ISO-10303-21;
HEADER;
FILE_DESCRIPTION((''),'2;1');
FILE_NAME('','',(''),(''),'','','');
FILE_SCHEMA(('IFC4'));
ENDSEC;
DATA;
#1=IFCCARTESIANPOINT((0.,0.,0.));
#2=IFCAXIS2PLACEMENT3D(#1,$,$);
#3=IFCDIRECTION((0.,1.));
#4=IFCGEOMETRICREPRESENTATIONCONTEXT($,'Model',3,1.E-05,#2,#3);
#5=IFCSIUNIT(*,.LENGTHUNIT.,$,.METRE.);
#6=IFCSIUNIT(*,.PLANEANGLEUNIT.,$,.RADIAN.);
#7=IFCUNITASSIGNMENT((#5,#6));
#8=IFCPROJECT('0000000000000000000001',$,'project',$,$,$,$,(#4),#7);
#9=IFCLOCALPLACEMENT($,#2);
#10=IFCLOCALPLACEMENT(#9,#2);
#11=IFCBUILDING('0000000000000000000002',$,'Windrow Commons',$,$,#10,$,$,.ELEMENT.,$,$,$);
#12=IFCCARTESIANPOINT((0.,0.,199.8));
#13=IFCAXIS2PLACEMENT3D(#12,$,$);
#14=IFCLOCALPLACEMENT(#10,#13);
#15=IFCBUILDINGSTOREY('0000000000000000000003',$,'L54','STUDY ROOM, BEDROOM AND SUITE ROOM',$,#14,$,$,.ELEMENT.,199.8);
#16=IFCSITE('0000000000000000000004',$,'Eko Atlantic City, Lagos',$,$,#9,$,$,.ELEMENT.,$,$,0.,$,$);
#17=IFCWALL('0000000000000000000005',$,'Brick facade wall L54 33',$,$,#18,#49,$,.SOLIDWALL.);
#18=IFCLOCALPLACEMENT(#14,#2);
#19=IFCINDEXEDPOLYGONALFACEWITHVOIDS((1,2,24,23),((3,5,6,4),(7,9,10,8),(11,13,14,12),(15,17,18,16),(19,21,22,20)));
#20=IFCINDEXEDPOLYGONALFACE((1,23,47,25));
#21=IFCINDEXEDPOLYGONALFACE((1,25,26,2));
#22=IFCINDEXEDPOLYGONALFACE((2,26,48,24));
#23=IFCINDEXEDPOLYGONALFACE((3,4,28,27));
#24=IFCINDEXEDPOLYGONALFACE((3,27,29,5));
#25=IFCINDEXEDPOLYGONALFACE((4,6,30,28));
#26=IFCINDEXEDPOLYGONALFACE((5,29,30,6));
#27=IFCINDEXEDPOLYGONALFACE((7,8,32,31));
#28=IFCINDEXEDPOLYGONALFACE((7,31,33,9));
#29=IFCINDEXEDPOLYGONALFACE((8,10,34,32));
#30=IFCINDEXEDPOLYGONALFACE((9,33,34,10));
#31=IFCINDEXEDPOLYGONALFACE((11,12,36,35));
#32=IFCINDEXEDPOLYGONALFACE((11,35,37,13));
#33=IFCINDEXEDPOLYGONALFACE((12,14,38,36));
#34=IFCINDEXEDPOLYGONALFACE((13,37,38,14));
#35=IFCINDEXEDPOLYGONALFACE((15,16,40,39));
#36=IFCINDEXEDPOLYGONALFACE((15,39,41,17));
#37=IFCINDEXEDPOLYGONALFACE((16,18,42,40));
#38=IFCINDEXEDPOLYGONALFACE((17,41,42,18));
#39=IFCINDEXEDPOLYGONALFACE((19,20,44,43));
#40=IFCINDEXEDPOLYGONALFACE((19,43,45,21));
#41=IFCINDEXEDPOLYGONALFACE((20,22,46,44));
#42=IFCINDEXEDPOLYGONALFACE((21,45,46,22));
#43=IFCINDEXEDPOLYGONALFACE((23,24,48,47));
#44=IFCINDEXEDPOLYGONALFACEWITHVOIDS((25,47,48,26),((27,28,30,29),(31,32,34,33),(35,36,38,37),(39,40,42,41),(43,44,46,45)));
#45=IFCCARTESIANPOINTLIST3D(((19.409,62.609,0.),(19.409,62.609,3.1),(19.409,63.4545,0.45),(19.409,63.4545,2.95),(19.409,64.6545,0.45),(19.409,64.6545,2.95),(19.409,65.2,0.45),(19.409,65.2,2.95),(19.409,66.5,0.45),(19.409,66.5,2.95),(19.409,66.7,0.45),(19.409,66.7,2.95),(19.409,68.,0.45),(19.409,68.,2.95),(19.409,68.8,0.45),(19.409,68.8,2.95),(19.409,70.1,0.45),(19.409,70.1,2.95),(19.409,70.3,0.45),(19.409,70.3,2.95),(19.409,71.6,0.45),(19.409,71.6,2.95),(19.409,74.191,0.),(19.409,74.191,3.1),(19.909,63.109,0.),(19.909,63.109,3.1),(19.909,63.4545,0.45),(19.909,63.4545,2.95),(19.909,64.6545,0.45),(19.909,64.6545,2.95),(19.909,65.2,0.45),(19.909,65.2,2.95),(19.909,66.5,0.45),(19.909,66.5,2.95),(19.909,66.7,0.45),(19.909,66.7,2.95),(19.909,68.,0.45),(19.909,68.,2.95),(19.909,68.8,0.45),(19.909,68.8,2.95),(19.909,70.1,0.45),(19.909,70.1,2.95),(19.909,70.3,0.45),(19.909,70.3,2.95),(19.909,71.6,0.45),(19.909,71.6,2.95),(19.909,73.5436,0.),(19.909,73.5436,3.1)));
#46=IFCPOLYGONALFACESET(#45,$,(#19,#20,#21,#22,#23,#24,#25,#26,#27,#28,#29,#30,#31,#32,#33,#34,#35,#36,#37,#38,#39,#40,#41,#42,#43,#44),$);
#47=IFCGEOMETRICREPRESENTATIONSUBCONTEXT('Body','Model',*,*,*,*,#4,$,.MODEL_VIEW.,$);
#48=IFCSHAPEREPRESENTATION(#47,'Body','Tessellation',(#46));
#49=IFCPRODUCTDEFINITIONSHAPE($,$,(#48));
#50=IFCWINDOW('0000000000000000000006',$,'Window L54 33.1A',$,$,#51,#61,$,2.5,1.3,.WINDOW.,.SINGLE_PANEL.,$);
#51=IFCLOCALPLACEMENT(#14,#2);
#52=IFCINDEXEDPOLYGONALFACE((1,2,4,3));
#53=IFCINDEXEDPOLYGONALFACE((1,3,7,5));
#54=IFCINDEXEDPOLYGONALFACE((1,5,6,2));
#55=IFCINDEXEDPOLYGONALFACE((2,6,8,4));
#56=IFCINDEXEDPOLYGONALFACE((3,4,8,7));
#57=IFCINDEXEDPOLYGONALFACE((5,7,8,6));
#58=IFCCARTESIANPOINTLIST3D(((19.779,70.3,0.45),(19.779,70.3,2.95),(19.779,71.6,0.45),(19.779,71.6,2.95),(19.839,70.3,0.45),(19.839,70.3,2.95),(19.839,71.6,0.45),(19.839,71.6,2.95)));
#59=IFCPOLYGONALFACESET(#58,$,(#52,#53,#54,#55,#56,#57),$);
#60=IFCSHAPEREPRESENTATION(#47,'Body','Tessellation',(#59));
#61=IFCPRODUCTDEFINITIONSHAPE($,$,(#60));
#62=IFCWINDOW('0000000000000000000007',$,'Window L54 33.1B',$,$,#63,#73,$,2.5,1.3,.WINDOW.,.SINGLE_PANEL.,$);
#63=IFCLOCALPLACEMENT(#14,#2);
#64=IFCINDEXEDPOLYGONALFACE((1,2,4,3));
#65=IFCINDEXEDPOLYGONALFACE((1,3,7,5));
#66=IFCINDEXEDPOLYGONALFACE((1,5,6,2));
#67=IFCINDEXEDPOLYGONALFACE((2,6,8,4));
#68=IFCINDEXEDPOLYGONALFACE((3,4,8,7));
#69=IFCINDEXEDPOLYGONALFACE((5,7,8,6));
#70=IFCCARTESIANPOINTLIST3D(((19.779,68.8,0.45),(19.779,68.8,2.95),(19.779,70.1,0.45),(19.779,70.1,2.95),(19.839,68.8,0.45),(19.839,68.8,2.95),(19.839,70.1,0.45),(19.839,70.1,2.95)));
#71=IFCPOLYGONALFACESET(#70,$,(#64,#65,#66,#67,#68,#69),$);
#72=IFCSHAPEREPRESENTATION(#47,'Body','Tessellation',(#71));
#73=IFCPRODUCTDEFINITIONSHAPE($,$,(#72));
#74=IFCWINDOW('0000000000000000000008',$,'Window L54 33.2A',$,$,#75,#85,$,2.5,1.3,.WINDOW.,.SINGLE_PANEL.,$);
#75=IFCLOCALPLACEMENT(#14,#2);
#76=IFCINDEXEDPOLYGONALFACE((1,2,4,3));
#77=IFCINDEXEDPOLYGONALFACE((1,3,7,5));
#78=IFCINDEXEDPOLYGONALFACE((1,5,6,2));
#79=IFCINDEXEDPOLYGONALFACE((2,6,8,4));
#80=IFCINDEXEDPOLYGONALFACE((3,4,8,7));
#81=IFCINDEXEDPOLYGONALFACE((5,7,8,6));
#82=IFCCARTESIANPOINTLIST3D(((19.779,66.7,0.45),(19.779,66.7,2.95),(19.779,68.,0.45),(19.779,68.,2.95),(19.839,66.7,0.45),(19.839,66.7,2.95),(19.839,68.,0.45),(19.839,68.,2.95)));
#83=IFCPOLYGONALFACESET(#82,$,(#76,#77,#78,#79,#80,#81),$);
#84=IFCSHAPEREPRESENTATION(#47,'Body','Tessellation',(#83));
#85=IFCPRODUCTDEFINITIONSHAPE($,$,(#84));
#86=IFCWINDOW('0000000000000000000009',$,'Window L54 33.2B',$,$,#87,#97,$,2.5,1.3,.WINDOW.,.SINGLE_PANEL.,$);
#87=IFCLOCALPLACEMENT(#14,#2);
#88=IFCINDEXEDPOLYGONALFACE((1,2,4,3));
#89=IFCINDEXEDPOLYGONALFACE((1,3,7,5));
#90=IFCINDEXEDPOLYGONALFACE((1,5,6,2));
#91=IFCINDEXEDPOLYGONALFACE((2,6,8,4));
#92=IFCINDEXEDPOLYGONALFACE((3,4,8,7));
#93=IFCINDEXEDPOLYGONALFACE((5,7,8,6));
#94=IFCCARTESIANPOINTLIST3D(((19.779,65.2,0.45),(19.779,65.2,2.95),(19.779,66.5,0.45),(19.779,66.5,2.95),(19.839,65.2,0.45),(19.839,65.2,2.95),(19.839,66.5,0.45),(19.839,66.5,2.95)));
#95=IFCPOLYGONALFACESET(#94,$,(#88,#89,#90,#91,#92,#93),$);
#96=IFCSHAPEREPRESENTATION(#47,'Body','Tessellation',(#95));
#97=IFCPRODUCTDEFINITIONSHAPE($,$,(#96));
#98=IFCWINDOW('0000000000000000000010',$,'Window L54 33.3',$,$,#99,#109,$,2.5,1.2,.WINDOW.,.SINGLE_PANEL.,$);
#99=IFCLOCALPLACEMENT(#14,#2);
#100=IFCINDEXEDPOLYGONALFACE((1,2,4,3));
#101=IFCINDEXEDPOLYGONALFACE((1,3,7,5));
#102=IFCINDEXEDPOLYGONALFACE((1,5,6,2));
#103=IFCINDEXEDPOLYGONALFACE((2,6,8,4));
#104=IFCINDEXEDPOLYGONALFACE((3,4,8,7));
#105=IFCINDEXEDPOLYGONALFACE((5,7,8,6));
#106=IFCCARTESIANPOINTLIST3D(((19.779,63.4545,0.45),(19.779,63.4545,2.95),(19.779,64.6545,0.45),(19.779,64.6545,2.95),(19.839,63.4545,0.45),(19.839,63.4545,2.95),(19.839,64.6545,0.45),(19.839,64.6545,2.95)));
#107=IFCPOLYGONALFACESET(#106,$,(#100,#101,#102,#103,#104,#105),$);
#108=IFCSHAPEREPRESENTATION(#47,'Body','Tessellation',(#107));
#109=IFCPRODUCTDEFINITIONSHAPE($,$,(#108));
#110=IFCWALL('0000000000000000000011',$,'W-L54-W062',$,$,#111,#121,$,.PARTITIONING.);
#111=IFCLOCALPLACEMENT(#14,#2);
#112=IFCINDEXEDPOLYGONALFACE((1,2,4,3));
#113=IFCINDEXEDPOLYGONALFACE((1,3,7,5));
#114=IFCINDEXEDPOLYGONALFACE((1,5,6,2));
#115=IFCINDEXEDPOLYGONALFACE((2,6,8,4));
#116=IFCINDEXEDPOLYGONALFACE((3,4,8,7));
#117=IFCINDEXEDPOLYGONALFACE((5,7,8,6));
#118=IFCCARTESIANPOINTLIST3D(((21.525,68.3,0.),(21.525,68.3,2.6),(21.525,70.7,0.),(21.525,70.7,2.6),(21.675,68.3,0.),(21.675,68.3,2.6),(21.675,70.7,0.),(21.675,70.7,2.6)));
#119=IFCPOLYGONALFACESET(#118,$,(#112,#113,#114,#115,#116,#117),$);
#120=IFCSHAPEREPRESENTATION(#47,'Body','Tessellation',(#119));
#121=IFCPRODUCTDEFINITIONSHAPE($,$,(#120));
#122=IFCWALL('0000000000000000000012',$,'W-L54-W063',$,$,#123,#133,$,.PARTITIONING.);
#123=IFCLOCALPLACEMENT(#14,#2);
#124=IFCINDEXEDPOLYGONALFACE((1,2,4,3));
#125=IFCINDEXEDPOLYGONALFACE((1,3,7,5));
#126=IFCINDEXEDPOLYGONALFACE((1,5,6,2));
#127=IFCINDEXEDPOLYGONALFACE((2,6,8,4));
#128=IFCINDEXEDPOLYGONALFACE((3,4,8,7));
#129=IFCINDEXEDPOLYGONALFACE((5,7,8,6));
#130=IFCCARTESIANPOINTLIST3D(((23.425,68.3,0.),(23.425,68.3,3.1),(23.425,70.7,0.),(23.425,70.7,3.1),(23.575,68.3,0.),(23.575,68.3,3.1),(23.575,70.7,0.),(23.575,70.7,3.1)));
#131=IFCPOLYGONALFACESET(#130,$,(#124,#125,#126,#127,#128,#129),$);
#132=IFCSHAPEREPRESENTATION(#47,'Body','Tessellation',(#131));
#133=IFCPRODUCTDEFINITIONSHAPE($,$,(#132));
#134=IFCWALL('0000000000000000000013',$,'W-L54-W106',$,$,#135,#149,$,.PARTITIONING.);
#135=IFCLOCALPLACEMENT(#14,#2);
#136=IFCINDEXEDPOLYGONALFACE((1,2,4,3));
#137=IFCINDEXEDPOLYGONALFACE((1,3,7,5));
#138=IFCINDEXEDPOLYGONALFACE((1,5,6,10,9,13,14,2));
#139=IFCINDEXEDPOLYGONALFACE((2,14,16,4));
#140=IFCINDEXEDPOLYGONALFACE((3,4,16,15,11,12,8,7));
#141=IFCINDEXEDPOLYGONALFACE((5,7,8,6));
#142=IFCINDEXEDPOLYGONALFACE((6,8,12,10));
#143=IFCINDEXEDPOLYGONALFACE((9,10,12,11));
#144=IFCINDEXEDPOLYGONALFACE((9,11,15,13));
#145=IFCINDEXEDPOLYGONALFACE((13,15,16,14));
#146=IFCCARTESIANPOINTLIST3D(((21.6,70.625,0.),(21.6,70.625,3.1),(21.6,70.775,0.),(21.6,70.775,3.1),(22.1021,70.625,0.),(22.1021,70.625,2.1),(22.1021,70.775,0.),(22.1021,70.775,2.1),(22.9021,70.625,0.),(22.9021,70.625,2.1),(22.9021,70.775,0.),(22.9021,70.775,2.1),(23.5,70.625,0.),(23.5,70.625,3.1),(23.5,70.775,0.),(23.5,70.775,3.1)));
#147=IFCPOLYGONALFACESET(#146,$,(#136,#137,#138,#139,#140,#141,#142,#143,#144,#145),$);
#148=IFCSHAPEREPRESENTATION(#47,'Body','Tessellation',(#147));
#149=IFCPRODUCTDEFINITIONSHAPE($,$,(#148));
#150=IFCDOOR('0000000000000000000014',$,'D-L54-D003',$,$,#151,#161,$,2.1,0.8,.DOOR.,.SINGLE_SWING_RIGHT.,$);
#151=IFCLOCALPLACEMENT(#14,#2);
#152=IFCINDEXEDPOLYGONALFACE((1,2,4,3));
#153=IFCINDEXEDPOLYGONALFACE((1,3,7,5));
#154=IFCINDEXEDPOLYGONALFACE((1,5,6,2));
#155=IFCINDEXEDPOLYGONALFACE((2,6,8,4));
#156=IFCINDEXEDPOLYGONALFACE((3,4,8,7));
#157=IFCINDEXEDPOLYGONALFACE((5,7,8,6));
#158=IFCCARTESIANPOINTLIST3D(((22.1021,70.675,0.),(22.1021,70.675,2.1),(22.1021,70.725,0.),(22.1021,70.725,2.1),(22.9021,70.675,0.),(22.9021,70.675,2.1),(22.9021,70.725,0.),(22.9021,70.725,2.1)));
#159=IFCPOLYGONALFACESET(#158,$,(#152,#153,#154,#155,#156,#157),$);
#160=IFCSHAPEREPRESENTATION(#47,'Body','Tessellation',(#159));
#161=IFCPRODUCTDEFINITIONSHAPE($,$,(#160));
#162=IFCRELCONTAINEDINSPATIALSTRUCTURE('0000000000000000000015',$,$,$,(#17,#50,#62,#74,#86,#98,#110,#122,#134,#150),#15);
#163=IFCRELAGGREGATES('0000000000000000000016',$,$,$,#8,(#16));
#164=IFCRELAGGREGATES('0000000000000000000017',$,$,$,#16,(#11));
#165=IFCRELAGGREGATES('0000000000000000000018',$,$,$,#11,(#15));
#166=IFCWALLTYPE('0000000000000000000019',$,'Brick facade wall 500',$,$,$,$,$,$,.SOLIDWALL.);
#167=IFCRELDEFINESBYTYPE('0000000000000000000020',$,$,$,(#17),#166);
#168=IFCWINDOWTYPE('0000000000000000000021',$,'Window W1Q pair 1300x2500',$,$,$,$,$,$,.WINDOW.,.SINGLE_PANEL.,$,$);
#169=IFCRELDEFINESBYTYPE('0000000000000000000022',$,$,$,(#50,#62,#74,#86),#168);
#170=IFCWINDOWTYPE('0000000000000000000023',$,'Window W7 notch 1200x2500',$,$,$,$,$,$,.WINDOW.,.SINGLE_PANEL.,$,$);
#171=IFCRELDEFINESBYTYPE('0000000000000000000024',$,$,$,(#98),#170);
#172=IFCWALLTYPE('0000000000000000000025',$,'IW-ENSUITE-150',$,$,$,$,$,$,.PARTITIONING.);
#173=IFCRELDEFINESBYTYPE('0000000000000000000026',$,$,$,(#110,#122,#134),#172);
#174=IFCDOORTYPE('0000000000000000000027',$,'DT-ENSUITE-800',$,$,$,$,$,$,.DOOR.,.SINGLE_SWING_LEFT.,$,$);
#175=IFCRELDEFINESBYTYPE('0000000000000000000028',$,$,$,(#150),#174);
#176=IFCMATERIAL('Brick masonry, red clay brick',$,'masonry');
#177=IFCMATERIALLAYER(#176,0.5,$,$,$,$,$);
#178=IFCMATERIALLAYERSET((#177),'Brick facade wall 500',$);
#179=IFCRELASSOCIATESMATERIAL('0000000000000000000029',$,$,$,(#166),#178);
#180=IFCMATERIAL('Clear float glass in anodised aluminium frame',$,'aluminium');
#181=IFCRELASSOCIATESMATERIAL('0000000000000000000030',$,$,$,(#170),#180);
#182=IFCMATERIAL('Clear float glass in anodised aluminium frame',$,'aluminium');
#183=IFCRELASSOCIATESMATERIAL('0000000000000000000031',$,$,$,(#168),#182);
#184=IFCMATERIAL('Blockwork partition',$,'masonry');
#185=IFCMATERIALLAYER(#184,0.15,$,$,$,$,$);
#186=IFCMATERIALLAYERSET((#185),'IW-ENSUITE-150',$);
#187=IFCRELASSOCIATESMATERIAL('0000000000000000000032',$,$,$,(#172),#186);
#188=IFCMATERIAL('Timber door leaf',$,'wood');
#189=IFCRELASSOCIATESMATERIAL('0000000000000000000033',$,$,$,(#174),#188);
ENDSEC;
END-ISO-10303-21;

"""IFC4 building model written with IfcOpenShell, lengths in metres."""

from ifc_helpers import new_model, si_unit, direction, frame, frame_2d, origin, place, context, subcontext, project, spatial, polyline, rectangle, outline, extrude, material, layer, layer_set, type_object, element, fill, save


model = new_model("IFC4")

# Units and contexts
model_context = context("Model", 3, precision=1e-05, world=origin(), true_north=direction((0.0, 1.0)))
body_context = subcontext(model_context, "Body", "Model", "MODEL_VIEW")
ifc_project = project(units=[si_unit("LENGTHUNIT", "METRE"), si_unit("PLANEANGLEUNIT", "RADIAN")], contexts=[model_context])

# Site, building, storey
site_placement = place(None, origin())
site = spatial("IfcSite", under=ifc_project, at=site_placement, Name="Eko Atlantic City, Lagos", CompositionType="ELEMENT", RefElevation=0.0)
building_placement = place(site_placement, origin())
building = spatial("IfcBuilding", under=site, at=building_placement, Name="Windrow Commons", CompositionType="ELEMENT")
storey_placement = place(building_placement, frame((0.0, 0.0, 199.8)))
storey = spatial("IfcBuildingStorey", under=building, at=storey_placement, Name="L54", Description="STUDY ROOM, BEDROOM AND SUITE ROOM", CompositionType="ELEMENT", Elevation=199.8)

# Wall, openings, windows
ifc_material_1 = material(Name="Brick masonry, red clay brick", Category="masonry")
ifc_layer_1 = layer(ifc_material_1, 0.5)
ifc_layer_set_1 = layer_set([ifc_layer_1], Name="Brick facade wall 500")
wall_type_1 = type_object("IfcWallType", Name="Brick facade wall 500", PredefinedType="SOLIDWALL", material=ifc_layer_set_1)
ifc_material_2 = material(Name="Clear float glass in anodised aluminium frame", Category="aluminium")
window_type_1 = type_object("IfcWindowType", Name="Window W7 notch 1200x2500", PartitioningType="SINGLE_PANEL", PredefinedType="WINDOW", material=ifc_material_2)
wall_1_placement = place(storey_placement, frame((19.659, 73.8673, 0.0), z_axis=(0.0, 0.0, 1.0), x_axis=(0.0, -1.0, 0.0)))
wall_1 = element("IfcWall", 1, at=wall_1_placement, inside=storey, type_object=wall_type_1, Name="Brick facade wall L54 33", PredefinedType="SOLIDWALL", context=body_context, shape_type="SweptSolid", body=[
    extrude(outline(polyline([(-0.3237, -0.25), (11.2583, -0.25), (10.7583, 0.25), (0.3237, 0.25), (-0.3237, -0.25)])), origin(), (0.0, 0.0, 1.0), 3.1),
])
opening_1_placement = place(wall_1_placement, frame((2.2673, 0.0, 0.45)))
opening_1 = element("IfcOpeningElement", 2, at=opening_1_placement, cuts=wall_1, PredefinedType="OPENING", context=body_context, shape_type="SweptSolid", body=[
    extrude(rectangle(XDim=1.3, YDim=2.5, at=frame_2d((0.65, 1.25))), frame((0.0, 0.26, 0.0), z_axis=(0.0, -1.0, 0.0), x_axis=(1.0, 0.0, 0.0)), (0.0, 0.0, 1.0), 0.52),
])
opening_2_placement = place(wall_1_placement, frame((3.7673, 0.0, 0.45)))
opening_2 = element("IfcOpeningElement", 3, at=opening_2_placement, cuts=wall_1, PredefinedType="OPENING", context=body_context, shape_type="SweptSolid", body=[
    extrude(rectangle(XDim=1.3, YDim=2.5, at=frame_2d((0.65, 1.25))), frame((0.0, 0.26, 0.0), z_axis=(0.0, -1.0, 0.0), x_axis=(1.0, 0.0, 0.0)), (0.0, 0.0, 1.0), 0.52),
])
opening_3_placement = place(wall_1_placement, frame((5.8673, 0.0, 0.45)))
opening_3 = element("IfcOpeningElement", 4, at=opening_3_placement, cuts=wall_1, PredefinedType="OPENING", context=body_context, shape_type="SweptSolid", body=[
    extrude(rectangle(XDim=1.3, YDim=2.5, at=frame_2d((0.65, 1.25))), frame((0.0, 0.26, 0.0), z_axis=(0.0, -1.0, 0.0), x_axis=(1.0, 0.0, 0.0)), (0.0, 0.0, 1.0), 0.52),
])
opening_4_placement = place(wall_1_placement, frame((7.3673, 0.0, 0.45)))
opening_4 = element("IfcOpeningElement", 5, at=opening_4_placement, cuts=wall_1, PredefinedType="OPENING", context=body_context, shape_type="SweptSolid", body=[
    extrude(rectangle(XDim=1.3, YDim=2.5, at=frame_2d((0.65, 1.25))), frame((0.0, 0.26, 0.0), z_axis=(0.0, -1.0, 0.0), x_axis=(1.0, 0.0, 0.0)), (0.0, 0.0, 1.0), 0.52),
])
opening_5_placement = place(wall_1_placement, frame((9.2128, 0.0, 0.45)))
opening_5 = element("IfcOpeningElement", 6, at=opening_5_placement, cuts=wall_1, PredefinedType="OPENING", context=body_context, shape_type="SweptSolid", body=[
    extrude(rectangle(XDim=1.2, YDim=2.5, at=frame_2d((0.6, 1.25))), frame((0.0, 0.26, 0.0), z_axis=(0.0, -1.0, 0.0), x_axis=(1.0, 0.0, 0.0)), (0.0, 0.0, 1.0), 0.52),
])
ifc_material_3 = material(Name="Clear float glass in anodised aluminium frame", Category="aluminium")
window_type_2 = type_object("IfcWindowType", Name="Window W1Q pair 1300x2500", PartitioningType="SINGLE_PANEL", PredefinedType="WINDOW", material=ifc_material_3)
window_1_placement = place(opening_1_placement, origin())
window_1 = element("IfcWindow", 7, at=window_1_placement, inside=storey, type_object=window_type_2, Name="Window L54 33.1A", OverallHeight=2.5, OverallWidth=1.3, PartitioningType="SINGLE_PANEL", PredefinedType="WINDOW", context=body_context, shape_type="SweptSolid", body=[
    extrude(rectangle(XDim=1.3, YDim=2.5, at=frame_2d((0.65, 1.25))), frame((0.0, 0.18, 0.0), z_axis=(0.0, -1.0, 0.0), x_axis=(1.0, 0.0, 0.0)), (0.0, 0.0, 1.0), 0.06),
])
fill(opening_1, window_1)
window_2_placement = place(opening_2_placement, origin())
window_2 = element("IfcWindow", 8, at=window_2_placement, inside=storey, type_object=window_type_2, Name="Window L54 33.1B", OverallHeight=2.5, OverallWidth=1.3, PartitioningType="SINGLE_PANEL", PredefinedType="WINDOW", context=body_context, shape_type="SweptSolid", body=[
    extrude(rectangle(XDim=1.3, YDim=2.5, at=frame_2d((0.65, 1.25))), frame((0.0, 0.18, 0.0), z_axis=(0.0, -1.0, 0.0), x_axis=(1.0, 0.0, 0.0)), (0.0, 0.0, 1.0), 0.06),
])
fill(opening_2, window_2)
window_3_placement = place(opening_3_placement, origin())
window_3 = element("IfcWindow", 9, at=window_3_placement, inside=storey, type_object=window_type_2, Name="Window L54 33.2A", OverallHeight=2.5, OverallWidth=1.3, PartitioningType="SINGLE_PANEL", PredefinedType="WINDOW", context=body_context, shape_type="SweptSolid", body=[
    extrude(rectangle(XDim=1.3, YDim=2.5, at=frame_2d((0.65, 1.25))), frame((0.0, 0.18, 0.0), z_axis=(0.0, -1.0, 0.0), x_axis=(1.0, 0.0, 0.0)), (0.0, 0.0, 1.0), 0.06),
])
fill(opening_3, window_3)
window_4_placement = place(opening_4_placement, origin())
window_4 = element("IfcWindow", 10, at=window_4_placement, inside=storey, type_object=window_type_2, Name="Window L54 33.2B", OverallHeight=2.5, OverallWidth=1.3, PartitioningType="SINGLE_PANEL", PredefinedType="WINDOW", context=body_context, shape_type="SweptSolid", body=[
    extrude(rectangle(XDim=1.3, YDim=2.5, at=frame_2d((0.65, 1.25))), frame((0.0, 0.18, 0.0), z_axis=(0.0, -1.0, 0.0), x_axis=(1.0, 0.0, 0.0)), (0.0, 0.0, 1.0), 0.06),
])
fill(opening_4, window_4)
window_5_placement = place(opening_5_placement, origin())
window_5 = element("IfcWindow", 11, at=window_5_placement, inside=storey, type_object=window_type_1, Name="Window L54 33.3", OverallHeight=2.5, OverallWidth=1.2, PartitioningType="SINGLE_PANEL", PredefinedType="WINDOW", context=body_context, shape_type="SweptSolid", body=[
    extrude(rectangle(XDim=1.2, YDim=2.5, at=frame_2d((0.6, 1.25))), frame((0.0, 0.18, 0.0), z_axis=(0.0, -1.0, 0.0), x_axis=(1.0, 0.0, 0.0)), (0.0, 0.0, 1.0), 0.06),
])
fill(opening_5, window_5)

# Walls
ifc_material_4 = material(Name="Blockwork partition", Category="masonry")
ifc_layer_2 = layer(ifc_material_4, 0.15)
ifc_layer_set_2 = layer_set([ifc_layer_2], Name="IW-ENSUITE-150")
wall_type_2 = type_object("IfcWallType", Name="IW-ENSUITE-150", PredefinedType="PARTITIONING", material=ifc_layer_set_2)
wall_2_placement = place(storey_placement, frame((21.6, 68.3, 0.0), z_axis=(0.0, 0.0, 1.0), x_axis=(0.0, 1.0, 0.0)))
element("IfcWall", 12, at=wall_2_placement, inside=storey, type_object=wall_type_2, Name="W-L54-W062", PredefinedType="PARTITIONING", context=body_context, shape_type="SweptSolid", body=[
    extrude(rectangle(XDim=2.4, YDim=0.15, at=frame_2d((1.2, 0.0))), origin(), (0.0, 0.0, 1.0), 2.6),
])
wall_3_placement = place(storey_placement, frame((23.5, 68.3, 0.0), z_axis=(0.0, 0.0, 1.0), x_axis=(0.0, 1.0, 0.0)))
element("IfcWall", 13, at=wall_3_placement, inside=storey, type_object=wall_type_2, Name="W-L54-W063", PredefinedType="PARTITIONING", context=body_context, shape_type="SweptSolid", body=[
    extrude(rectangle(XDim=2.4, YDim=0.15, at=frame_2d((1.2, 0.0))), origin(), (0.0, 0.0, 1.0), 3.1),
])

# Wall, opening, door
wall_4_placement = place(storey_placement, frame((21.6, 70.7, 0.0), z_axis=(0.0, 0.0, 1.0), x_axis=(1.0, 0.0, 0.0)))
wall_4 = element("IfcWall", 14, at=wall_4_placement, inside=storey, type_object=wall_type_2, Name="W-L54-W106", PredefinedType="PARTITIONING", context=body_context, shape_type="SweptSolid", body=[
    extrude(rectangle(XDim=1.9, YDim=0.15, at=frame_2d((0.95, 0.0))), origin(), (0.0, 0.0, 1.0), 3.1),
])
opening_6_placement = place(wall_4_placement, frame((0.5021, 0.0, 0.0)))
opening_6 = element("IfcOpeningElement", 15, at=opening_6_placement, cuts=wall_4, PredefinedType="OPENING", context=body_context, shape_type="SweptSolid", body=[
    extrude(rectangle(XDim=0.8, YDim=2.1, at=frame_2d((0.4, 1.05))), frame((0.0, 0.085, 0.0), z_axis=(0.0, -1.0, 0.0), x_axis=(1.0, 0.0, 0.0)), (0.0, 0.0, 1.0), 0.17),
])
ifc_material_5 = material(Name="Timber door leaf", Category="wood")
door_type = type_object("IfcDoorType", Name="DT-ENSUITE-800", OperationType="SINGLE_SWING_LEFT", PredefinedType="DOOR", material=ifc_material_5)
door_placement = place(opening_6_placement, origin())
door = element("IfcDoor", 16, at=door_placement, inside=storey, type_object=door_type, Name="D-L54-D003", OperationType="SINGLE_SWING_RIGHT", OverallHeight=2.1, OverallWidth=0.8, PredefinedType="DOOR", context=body_context, shape_type="SweptSolid", body=[
    extrude(rectangle(XDim=0.8, YDim=2.1, at=frame_2d((0.4, 1.05))), frame((0.0, 0.025, 0.0), z_axis=(0.0, -1.0, 0.0), x_axis=(1.0, 0.0, 0.0)), (0.0, 0.0, 1.0), 0.05),
])
fill(opening_6, door)

save(model, "model.ifc")
